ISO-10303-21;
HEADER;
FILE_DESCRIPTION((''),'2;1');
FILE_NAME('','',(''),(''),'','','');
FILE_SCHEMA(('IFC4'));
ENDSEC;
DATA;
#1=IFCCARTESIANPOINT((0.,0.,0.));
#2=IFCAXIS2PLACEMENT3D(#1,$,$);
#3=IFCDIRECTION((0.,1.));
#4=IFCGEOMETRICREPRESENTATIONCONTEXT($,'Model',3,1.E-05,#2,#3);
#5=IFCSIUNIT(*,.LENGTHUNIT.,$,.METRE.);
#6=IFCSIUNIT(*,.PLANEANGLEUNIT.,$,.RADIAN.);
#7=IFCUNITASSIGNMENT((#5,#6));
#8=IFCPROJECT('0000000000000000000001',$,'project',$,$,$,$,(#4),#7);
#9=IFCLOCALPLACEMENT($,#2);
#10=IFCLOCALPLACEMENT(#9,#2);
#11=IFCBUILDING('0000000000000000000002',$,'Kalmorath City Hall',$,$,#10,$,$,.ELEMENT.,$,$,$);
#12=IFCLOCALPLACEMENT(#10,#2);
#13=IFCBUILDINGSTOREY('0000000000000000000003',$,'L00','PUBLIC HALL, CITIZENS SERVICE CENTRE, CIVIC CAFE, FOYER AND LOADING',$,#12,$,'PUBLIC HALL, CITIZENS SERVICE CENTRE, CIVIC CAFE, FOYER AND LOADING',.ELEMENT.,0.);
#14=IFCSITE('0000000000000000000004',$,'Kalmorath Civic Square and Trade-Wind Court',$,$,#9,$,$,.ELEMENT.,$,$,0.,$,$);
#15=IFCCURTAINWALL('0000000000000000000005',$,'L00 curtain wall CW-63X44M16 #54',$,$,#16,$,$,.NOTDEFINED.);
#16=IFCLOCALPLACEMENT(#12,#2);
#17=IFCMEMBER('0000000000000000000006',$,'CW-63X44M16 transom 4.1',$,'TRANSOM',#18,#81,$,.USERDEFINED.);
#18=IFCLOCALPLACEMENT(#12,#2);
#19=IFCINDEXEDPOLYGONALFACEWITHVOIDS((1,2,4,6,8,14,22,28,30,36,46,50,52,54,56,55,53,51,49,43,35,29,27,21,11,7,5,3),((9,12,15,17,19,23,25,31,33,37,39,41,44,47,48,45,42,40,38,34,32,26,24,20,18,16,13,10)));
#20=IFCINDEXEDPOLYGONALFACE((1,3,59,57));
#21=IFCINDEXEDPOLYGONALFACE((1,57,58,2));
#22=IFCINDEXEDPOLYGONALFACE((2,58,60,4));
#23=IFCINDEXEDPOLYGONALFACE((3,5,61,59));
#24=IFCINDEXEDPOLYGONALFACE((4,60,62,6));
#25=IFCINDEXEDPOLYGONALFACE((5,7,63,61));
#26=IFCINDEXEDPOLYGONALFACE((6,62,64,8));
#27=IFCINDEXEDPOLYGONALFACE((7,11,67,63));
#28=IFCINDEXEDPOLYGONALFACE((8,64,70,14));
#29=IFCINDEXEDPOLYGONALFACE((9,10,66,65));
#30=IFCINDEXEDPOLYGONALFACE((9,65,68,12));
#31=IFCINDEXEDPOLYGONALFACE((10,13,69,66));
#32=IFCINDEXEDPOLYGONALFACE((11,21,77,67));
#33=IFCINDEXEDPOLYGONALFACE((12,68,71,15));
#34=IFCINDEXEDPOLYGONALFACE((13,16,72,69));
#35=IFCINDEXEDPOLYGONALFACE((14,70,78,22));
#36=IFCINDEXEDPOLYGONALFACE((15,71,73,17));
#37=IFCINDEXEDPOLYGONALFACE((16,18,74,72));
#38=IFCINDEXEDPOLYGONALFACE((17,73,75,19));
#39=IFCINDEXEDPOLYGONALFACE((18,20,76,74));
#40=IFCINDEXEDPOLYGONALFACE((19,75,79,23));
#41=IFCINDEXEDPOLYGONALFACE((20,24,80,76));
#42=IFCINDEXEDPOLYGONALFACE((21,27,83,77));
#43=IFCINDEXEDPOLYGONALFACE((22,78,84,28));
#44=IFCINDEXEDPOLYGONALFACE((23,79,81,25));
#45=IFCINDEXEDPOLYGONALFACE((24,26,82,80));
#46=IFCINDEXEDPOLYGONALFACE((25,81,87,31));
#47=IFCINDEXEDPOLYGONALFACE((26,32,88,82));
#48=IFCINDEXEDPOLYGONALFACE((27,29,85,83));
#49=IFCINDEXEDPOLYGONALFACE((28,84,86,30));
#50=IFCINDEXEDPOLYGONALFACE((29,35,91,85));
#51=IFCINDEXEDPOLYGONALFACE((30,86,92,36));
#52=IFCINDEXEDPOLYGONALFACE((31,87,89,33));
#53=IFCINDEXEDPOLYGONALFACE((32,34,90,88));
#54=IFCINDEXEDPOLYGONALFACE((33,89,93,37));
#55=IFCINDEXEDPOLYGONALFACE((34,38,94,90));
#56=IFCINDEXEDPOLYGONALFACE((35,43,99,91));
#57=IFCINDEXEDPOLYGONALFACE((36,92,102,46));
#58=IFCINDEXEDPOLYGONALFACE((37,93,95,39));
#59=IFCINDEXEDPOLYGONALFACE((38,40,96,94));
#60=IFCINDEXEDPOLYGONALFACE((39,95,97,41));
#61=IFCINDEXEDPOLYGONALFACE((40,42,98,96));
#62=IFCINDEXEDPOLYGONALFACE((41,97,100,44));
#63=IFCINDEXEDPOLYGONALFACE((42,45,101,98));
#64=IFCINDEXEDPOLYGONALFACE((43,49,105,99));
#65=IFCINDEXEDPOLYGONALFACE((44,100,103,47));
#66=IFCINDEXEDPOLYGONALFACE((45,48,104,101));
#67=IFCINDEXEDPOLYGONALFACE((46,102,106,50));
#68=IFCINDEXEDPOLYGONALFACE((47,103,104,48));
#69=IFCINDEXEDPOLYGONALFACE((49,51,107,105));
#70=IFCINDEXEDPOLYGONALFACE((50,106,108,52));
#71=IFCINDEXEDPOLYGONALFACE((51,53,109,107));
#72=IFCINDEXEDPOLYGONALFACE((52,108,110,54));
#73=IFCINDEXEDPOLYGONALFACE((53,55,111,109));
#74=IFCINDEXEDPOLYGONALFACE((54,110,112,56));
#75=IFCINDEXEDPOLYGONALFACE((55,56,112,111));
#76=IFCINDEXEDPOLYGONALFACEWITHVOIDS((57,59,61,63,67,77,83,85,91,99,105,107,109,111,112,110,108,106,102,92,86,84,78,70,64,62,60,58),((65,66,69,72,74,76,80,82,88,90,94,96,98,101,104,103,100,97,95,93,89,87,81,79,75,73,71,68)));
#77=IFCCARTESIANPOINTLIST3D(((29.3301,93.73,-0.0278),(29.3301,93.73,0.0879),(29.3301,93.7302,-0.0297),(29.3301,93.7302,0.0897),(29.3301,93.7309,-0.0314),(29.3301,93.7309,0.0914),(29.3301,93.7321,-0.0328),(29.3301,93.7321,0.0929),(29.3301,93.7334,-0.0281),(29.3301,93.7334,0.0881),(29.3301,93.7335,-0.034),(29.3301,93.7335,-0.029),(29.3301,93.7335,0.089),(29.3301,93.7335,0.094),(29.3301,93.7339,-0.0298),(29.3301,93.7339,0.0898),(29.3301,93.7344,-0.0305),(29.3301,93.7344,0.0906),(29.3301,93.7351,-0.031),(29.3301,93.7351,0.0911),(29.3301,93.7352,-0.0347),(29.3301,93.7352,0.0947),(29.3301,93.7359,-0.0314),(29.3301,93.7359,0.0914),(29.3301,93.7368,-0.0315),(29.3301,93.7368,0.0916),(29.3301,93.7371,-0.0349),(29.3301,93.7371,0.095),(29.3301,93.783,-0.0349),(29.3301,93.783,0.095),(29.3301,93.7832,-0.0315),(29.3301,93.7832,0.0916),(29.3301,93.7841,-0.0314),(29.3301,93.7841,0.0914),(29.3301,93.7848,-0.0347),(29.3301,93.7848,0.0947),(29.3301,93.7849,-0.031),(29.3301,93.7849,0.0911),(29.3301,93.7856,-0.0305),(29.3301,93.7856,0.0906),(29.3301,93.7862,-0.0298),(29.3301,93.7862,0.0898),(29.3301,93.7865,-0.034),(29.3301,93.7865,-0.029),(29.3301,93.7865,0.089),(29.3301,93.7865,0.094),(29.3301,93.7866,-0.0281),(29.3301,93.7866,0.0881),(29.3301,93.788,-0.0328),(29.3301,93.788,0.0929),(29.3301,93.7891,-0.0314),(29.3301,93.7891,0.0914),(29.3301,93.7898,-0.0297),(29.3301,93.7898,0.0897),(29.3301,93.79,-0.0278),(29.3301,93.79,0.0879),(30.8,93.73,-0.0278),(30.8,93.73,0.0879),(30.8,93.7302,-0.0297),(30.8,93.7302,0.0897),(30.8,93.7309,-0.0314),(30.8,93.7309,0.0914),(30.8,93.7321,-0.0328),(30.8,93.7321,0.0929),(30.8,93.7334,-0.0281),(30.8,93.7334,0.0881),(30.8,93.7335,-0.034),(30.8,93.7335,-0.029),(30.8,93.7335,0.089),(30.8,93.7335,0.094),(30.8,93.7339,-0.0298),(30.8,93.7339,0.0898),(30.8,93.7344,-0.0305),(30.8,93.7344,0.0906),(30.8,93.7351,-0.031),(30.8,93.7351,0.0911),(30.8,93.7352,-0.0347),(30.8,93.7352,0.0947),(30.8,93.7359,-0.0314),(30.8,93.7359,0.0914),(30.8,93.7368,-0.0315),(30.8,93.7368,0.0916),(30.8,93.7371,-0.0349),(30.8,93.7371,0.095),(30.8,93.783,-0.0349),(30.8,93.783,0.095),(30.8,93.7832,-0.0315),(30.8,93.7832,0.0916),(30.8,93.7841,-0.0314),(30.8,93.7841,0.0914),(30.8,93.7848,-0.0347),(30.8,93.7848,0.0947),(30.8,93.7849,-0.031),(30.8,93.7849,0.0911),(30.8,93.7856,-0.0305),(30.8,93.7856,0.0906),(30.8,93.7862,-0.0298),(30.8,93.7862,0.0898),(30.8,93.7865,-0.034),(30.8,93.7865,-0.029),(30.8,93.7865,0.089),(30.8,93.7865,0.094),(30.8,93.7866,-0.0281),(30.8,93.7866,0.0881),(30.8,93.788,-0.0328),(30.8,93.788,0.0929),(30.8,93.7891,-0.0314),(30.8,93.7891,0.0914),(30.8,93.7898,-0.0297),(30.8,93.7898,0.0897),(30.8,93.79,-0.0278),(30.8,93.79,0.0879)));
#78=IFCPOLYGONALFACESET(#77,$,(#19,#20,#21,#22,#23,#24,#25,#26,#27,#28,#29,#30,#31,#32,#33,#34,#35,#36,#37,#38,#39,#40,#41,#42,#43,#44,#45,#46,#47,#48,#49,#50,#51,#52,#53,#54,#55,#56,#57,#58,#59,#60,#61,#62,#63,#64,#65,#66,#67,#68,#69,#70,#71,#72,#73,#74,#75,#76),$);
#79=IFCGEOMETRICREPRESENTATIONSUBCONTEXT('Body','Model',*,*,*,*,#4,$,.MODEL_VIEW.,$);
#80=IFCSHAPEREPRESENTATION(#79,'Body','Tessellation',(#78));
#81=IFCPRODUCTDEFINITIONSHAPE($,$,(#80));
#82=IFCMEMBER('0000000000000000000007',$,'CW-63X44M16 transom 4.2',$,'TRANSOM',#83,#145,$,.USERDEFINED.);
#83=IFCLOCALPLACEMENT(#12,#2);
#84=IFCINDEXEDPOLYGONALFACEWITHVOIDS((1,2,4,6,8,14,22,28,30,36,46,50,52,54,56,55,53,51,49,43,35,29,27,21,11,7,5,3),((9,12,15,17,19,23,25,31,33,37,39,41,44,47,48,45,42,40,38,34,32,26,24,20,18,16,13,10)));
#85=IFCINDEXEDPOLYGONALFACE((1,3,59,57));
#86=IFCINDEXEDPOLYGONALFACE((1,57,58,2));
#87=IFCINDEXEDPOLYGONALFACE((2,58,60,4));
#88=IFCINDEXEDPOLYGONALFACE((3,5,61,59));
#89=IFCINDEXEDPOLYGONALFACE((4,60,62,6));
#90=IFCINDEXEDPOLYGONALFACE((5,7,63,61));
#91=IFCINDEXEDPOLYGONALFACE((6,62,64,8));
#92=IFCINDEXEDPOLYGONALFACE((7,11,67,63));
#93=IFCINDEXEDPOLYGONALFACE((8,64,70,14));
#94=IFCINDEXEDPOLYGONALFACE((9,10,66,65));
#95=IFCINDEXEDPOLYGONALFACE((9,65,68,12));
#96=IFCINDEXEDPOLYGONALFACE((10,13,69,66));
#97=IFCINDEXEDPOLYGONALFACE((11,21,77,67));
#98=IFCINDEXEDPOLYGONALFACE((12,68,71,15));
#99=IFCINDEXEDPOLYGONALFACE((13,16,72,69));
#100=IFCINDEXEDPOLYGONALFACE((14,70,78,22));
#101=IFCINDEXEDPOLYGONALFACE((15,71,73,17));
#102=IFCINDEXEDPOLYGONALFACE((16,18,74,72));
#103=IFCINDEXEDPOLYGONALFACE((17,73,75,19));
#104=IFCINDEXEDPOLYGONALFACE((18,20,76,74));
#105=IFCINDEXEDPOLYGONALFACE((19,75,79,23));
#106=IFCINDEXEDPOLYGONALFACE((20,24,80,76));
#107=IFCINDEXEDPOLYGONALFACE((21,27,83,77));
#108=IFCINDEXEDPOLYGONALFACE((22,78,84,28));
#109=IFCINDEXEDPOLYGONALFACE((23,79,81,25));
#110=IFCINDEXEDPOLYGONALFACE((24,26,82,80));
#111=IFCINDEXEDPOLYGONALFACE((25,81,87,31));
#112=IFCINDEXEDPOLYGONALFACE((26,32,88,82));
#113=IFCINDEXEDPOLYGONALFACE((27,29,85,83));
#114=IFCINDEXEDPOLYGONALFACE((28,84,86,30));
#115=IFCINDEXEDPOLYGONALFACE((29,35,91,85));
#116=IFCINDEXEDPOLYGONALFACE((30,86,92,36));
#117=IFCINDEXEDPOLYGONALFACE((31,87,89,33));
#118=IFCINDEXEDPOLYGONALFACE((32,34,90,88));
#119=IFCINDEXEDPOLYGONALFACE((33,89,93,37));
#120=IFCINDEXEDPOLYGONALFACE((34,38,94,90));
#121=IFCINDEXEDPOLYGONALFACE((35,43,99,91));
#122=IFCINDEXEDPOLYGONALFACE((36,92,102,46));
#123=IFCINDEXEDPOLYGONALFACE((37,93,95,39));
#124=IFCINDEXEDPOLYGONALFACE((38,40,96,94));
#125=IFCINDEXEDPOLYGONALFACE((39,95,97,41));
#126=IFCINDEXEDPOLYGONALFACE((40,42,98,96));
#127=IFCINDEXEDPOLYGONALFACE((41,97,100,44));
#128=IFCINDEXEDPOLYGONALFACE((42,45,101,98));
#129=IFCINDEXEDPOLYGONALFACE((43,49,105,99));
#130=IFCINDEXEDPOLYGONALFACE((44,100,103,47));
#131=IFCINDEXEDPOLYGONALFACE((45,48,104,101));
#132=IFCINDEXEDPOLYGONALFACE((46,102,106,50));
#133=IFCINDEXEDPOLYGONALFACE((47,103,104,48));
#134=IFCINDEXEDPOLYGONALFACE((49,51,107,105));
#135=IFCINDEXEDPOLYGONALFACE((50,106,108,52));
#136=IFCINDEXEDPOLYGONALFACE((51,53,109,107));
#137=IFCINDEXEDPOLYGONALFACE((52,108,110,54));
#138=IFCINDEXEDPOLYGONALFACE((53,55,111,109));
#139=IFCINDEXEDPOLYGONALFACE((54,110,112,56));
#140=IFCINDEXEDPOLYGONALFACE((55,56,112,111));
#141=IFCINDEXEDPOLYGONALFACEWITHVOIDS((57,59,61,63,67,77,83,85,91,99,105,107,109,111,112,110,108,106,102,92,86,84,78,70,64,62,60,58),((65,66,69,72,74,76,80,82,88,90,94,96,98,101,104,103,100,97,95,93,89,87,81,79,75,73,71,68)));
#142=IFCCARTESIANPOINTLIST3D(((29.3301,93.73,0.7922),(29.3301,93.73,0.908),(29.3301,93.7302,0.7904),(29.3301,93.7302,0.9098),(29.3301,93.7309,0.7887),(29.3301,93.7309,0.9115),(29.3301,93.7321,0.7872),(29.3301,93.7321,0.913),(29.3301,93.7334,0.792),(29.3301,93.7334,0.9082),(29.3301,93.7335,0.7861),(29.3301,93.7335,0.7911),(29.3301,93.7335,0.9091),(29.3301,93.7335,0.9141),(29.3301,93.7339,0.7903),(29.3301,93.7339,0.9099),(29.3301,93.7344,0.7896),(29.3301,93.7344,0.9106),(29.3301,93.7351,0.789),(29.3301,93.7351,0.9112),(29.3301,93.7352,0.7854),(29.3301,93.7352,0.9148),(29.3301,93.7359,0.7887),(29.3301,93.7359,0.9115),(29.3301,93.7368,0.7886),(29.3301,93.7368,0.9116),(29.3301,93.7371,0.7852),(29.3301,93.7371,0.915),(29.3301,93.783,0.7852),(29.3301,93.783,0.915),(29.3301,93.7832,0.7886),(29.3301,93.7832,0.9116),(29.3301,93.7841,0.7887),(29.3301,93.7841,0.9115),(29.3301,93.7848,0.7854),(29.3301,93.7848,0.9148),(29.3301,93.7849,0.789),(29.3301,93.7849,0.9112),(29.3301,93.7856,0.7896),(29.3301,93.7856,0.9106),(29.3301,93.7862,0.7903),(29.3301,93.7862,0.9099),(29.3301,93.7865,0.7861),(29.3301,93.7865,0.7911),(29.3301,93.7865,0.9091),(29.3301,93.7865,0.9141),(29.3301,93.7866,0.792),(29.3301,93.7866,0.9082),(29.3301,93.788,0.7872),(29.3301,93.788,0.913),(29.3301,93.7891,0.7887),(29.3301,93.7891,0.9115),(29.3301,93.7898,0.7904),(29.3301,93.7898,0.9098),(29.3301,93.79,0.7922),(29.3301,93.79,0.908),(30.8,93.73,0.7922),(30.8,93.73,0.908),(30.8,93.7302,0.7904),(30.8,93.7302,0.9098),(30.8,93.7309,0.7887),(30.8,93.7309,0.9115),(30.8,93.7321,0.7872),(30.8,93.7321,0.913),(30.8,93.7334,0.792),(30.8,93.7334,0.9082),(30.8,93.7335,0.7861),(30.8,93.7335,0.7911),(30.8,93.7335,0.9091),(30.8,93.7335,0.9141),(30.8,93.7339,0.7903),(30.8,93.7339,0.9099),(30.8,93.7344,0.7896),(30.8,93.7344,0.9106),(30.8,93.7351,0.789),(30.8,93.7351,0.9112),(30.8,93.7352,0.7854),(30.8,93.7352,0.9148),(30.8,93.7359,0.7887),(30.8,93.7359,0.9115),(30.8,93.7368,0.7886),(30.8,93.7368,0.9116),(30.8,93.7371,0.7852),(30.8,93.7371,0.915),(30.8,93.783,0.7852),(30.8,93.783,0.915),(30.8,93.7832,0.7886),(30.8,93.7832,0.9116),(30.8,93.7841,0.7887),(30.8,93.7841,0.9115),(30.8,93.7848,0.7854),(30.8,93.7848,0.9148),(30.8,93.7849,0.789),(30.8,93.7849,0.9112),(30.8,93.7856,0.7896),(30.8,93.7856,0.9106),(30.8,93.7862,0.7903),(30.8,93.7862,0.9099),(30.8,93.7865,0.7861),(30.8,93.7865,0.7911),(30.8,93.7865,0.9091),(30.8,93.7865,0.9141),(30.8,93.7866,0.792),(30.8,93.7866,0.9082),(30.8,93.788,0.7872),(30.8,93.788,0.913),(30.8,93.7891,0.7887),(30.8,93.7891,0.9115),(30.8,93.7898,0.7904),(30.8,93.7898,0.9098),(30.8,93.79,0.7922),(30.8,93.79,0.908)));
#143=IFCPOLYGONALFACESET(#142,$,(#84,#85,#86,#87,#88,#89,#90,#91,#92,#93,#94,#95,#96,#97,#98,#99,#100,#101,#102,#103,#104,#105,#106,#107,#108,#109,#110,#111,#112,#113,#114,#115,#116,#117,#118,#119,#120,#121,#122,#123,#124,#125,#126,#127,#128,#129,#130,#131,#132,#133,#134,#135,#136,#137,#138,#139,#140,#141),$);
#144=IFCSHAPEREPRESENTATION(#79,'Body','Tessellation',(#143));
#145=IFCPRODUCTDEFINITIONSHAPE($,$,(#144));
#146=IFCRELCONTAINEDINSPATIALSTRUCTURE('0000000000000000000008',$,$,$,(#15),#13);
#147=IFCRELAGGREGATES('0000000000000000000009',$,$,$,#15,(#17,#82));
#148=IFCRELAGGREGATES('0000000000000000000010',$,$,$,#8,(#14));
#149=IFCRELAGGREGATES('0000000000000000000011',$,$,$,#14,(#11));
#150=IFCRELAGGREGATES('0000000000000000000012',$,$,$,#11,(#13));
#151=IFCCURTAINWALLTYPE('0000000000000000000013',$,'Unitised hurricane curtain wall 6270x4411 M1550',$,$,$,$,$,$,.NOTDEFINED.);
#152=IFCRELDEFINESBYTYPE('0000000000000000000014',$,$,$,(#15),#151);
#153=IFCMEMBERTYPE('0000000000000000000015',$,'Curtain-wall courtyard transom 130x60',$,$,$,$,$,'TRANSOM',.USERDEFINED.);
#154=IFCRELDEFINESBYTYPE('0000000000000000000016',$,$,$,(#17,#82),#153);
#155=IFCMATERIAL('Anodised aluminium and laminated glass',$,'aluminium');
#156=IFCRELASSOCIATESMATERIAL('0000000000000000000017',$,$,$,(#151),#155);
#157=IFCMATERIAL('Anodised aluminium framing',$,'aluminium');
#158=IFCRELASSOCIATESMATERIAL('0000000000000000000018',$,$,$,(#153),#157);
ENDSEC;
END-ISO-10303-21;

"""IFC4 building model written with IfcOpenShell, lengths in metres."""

from ifc_helpers import new_model, si_unit, direction, frame, origin, origin_2d, place, context, subcontext, project, spatial, hollow_rectangle, extrude, material, material_profile, profile_set, type_object, element, aggregate, save


model = new_model("IFC4")

# Units and contexts
model_context = context("Model", 3, precision=1e-05, world=origin(), true_north=direction((0.0, 1.0)))
body_context = subcontext(model_context, "Body", "Model", "MODEL_VIEW")
ifc_project = project(units=[si_unit("LENGTHUNIT", "METRE"), si_unit("PLANEANGLEUNIT", "RADIAN")], contexts=[model_context])

# Site, building, storey
site_placement = place(None, origin())
site = spatial("IfcSite", under=ifc_project, at=site_placement, Name="Kalmorath Civic Square and Trade-Wind Court", CompositionType="ELEMENT", RefElevation=0.0)
building_placement = place(site_placement, origin())
building = spatial("IfcBuilding", under=site, at=building_placement, Name="Kalmorath City Hall", CompositionType="ELEMENT")
storey_placement = place(building_placement, origin())
storey = spatial("IfcBuildingStorey", under=building, at=storey_placement, Name="L00", Description="PUBLIC HALL, CITIZENS SERVICE CENTRE, CIVIC CAFE, FOYER AND LOADING", LongName="PUBLIC HALL, CITIZENS SERVICE CENTRE, CIVIC CAFE, FOYER AND LOADING", CompositionType="ELEMENT", Elevation=0.0)

# Curtain wall
ifc_material_1 = material(Name="Anodised aluminium and laminated glass", Category="aluminium")
curtain_wall_type_1 = type_object("IfcCurtainWallType", Name="Unitised hurricane curtain wall 6270x4411 M1550", PredefinedType="NOTDEFINED", material=ifc_material_1)
curtain_wall_1_placement = place(storey_placement, origin())
curtain_wall_1 = element("IfcCurtainWall", 1, at=curtain_wall_1_placement, inside=storey, type_object=curtain_wall_type_1, Name="L00 curtain wall CW-63X44M16 #54", PredefinedType="NOTDEFINED")

# Members
ifc_material_2 = material(Name="Anodised aluminium framing", Category="aluminium")
ifc_material_profile_1 = material_profile(ifc_material_2, hollow_rectangle(XDim=0.0601, YDim=0.1299, WallThickness=0.0034, InnerFilletRadius=0.0034, OuterFilletRadius=0.0071, at=origin_2d()), Name="ALU-TRN-130X60X3.5")
ifc_profile_set_1 = profile_set([ifc_material_profile_1], Name="Anodised aluminium framing")
member_type_1 = type_object("IfcMemberType", Name="Curtain-wall courtyard transom 130x60", ElementType="TRANSOM", PredefinedType="USERDEFINED", material=ifc_profile_set_1)
member_1_placement = place(storey_placement, frame((30.8, 93.76, 0.03), z_axis=(-1.0, 0.0, 0.0), x_axis=(0.0, -1.0, 0.0)))
member_1 = element("IfcMember", 2, at=member_1_placement, type_object=member_type_1, Name="CW-63X44M16 transom 4.1", ObjectType="TRANSOM", PredefinedType="USERDEFINED", context=body_context, shape_type="SweptSolid", body=[
    extrude(hollow_rectangle(XDim=0.0601, YDim=0.1299, WallThickness=0.0034, InnerFilletRadius=0.0034, OuterFilletRadius=0.0071, at=origin_2d()), origin(), (0.0, 0.0, 1.0), 1.47),
])
member_2_placement = place(storey_placement, frame((30.8, 93.76, 0.8501), z_axis=(-1.0, 0.0, 0.0), x_axis=(0.0, -1.0, 0.0)))
member_2 = element("IfcMember", 3, at=member_2_placement, type_object=member_type_1, Name="CW-63X44M16 transom 4.2", ObjectType="TRANSOM", PredefinedType="USERDEFINED", context=body_context, shape_type="SweptSolid", body=[
    extrude(hollow_rectangle(XDim=0.0601, YDim=0.1299, WallThickness=0.0034, InnerFilletRadius=0.0034, OuterFilletRadius=0.0071, at=origin_2d()), origin(), (0.0, 0.0, 1.0), 1.47),
])

aggregate(curtain_wall_1, [member_1, member_2])

save(model, "model.ifc")
